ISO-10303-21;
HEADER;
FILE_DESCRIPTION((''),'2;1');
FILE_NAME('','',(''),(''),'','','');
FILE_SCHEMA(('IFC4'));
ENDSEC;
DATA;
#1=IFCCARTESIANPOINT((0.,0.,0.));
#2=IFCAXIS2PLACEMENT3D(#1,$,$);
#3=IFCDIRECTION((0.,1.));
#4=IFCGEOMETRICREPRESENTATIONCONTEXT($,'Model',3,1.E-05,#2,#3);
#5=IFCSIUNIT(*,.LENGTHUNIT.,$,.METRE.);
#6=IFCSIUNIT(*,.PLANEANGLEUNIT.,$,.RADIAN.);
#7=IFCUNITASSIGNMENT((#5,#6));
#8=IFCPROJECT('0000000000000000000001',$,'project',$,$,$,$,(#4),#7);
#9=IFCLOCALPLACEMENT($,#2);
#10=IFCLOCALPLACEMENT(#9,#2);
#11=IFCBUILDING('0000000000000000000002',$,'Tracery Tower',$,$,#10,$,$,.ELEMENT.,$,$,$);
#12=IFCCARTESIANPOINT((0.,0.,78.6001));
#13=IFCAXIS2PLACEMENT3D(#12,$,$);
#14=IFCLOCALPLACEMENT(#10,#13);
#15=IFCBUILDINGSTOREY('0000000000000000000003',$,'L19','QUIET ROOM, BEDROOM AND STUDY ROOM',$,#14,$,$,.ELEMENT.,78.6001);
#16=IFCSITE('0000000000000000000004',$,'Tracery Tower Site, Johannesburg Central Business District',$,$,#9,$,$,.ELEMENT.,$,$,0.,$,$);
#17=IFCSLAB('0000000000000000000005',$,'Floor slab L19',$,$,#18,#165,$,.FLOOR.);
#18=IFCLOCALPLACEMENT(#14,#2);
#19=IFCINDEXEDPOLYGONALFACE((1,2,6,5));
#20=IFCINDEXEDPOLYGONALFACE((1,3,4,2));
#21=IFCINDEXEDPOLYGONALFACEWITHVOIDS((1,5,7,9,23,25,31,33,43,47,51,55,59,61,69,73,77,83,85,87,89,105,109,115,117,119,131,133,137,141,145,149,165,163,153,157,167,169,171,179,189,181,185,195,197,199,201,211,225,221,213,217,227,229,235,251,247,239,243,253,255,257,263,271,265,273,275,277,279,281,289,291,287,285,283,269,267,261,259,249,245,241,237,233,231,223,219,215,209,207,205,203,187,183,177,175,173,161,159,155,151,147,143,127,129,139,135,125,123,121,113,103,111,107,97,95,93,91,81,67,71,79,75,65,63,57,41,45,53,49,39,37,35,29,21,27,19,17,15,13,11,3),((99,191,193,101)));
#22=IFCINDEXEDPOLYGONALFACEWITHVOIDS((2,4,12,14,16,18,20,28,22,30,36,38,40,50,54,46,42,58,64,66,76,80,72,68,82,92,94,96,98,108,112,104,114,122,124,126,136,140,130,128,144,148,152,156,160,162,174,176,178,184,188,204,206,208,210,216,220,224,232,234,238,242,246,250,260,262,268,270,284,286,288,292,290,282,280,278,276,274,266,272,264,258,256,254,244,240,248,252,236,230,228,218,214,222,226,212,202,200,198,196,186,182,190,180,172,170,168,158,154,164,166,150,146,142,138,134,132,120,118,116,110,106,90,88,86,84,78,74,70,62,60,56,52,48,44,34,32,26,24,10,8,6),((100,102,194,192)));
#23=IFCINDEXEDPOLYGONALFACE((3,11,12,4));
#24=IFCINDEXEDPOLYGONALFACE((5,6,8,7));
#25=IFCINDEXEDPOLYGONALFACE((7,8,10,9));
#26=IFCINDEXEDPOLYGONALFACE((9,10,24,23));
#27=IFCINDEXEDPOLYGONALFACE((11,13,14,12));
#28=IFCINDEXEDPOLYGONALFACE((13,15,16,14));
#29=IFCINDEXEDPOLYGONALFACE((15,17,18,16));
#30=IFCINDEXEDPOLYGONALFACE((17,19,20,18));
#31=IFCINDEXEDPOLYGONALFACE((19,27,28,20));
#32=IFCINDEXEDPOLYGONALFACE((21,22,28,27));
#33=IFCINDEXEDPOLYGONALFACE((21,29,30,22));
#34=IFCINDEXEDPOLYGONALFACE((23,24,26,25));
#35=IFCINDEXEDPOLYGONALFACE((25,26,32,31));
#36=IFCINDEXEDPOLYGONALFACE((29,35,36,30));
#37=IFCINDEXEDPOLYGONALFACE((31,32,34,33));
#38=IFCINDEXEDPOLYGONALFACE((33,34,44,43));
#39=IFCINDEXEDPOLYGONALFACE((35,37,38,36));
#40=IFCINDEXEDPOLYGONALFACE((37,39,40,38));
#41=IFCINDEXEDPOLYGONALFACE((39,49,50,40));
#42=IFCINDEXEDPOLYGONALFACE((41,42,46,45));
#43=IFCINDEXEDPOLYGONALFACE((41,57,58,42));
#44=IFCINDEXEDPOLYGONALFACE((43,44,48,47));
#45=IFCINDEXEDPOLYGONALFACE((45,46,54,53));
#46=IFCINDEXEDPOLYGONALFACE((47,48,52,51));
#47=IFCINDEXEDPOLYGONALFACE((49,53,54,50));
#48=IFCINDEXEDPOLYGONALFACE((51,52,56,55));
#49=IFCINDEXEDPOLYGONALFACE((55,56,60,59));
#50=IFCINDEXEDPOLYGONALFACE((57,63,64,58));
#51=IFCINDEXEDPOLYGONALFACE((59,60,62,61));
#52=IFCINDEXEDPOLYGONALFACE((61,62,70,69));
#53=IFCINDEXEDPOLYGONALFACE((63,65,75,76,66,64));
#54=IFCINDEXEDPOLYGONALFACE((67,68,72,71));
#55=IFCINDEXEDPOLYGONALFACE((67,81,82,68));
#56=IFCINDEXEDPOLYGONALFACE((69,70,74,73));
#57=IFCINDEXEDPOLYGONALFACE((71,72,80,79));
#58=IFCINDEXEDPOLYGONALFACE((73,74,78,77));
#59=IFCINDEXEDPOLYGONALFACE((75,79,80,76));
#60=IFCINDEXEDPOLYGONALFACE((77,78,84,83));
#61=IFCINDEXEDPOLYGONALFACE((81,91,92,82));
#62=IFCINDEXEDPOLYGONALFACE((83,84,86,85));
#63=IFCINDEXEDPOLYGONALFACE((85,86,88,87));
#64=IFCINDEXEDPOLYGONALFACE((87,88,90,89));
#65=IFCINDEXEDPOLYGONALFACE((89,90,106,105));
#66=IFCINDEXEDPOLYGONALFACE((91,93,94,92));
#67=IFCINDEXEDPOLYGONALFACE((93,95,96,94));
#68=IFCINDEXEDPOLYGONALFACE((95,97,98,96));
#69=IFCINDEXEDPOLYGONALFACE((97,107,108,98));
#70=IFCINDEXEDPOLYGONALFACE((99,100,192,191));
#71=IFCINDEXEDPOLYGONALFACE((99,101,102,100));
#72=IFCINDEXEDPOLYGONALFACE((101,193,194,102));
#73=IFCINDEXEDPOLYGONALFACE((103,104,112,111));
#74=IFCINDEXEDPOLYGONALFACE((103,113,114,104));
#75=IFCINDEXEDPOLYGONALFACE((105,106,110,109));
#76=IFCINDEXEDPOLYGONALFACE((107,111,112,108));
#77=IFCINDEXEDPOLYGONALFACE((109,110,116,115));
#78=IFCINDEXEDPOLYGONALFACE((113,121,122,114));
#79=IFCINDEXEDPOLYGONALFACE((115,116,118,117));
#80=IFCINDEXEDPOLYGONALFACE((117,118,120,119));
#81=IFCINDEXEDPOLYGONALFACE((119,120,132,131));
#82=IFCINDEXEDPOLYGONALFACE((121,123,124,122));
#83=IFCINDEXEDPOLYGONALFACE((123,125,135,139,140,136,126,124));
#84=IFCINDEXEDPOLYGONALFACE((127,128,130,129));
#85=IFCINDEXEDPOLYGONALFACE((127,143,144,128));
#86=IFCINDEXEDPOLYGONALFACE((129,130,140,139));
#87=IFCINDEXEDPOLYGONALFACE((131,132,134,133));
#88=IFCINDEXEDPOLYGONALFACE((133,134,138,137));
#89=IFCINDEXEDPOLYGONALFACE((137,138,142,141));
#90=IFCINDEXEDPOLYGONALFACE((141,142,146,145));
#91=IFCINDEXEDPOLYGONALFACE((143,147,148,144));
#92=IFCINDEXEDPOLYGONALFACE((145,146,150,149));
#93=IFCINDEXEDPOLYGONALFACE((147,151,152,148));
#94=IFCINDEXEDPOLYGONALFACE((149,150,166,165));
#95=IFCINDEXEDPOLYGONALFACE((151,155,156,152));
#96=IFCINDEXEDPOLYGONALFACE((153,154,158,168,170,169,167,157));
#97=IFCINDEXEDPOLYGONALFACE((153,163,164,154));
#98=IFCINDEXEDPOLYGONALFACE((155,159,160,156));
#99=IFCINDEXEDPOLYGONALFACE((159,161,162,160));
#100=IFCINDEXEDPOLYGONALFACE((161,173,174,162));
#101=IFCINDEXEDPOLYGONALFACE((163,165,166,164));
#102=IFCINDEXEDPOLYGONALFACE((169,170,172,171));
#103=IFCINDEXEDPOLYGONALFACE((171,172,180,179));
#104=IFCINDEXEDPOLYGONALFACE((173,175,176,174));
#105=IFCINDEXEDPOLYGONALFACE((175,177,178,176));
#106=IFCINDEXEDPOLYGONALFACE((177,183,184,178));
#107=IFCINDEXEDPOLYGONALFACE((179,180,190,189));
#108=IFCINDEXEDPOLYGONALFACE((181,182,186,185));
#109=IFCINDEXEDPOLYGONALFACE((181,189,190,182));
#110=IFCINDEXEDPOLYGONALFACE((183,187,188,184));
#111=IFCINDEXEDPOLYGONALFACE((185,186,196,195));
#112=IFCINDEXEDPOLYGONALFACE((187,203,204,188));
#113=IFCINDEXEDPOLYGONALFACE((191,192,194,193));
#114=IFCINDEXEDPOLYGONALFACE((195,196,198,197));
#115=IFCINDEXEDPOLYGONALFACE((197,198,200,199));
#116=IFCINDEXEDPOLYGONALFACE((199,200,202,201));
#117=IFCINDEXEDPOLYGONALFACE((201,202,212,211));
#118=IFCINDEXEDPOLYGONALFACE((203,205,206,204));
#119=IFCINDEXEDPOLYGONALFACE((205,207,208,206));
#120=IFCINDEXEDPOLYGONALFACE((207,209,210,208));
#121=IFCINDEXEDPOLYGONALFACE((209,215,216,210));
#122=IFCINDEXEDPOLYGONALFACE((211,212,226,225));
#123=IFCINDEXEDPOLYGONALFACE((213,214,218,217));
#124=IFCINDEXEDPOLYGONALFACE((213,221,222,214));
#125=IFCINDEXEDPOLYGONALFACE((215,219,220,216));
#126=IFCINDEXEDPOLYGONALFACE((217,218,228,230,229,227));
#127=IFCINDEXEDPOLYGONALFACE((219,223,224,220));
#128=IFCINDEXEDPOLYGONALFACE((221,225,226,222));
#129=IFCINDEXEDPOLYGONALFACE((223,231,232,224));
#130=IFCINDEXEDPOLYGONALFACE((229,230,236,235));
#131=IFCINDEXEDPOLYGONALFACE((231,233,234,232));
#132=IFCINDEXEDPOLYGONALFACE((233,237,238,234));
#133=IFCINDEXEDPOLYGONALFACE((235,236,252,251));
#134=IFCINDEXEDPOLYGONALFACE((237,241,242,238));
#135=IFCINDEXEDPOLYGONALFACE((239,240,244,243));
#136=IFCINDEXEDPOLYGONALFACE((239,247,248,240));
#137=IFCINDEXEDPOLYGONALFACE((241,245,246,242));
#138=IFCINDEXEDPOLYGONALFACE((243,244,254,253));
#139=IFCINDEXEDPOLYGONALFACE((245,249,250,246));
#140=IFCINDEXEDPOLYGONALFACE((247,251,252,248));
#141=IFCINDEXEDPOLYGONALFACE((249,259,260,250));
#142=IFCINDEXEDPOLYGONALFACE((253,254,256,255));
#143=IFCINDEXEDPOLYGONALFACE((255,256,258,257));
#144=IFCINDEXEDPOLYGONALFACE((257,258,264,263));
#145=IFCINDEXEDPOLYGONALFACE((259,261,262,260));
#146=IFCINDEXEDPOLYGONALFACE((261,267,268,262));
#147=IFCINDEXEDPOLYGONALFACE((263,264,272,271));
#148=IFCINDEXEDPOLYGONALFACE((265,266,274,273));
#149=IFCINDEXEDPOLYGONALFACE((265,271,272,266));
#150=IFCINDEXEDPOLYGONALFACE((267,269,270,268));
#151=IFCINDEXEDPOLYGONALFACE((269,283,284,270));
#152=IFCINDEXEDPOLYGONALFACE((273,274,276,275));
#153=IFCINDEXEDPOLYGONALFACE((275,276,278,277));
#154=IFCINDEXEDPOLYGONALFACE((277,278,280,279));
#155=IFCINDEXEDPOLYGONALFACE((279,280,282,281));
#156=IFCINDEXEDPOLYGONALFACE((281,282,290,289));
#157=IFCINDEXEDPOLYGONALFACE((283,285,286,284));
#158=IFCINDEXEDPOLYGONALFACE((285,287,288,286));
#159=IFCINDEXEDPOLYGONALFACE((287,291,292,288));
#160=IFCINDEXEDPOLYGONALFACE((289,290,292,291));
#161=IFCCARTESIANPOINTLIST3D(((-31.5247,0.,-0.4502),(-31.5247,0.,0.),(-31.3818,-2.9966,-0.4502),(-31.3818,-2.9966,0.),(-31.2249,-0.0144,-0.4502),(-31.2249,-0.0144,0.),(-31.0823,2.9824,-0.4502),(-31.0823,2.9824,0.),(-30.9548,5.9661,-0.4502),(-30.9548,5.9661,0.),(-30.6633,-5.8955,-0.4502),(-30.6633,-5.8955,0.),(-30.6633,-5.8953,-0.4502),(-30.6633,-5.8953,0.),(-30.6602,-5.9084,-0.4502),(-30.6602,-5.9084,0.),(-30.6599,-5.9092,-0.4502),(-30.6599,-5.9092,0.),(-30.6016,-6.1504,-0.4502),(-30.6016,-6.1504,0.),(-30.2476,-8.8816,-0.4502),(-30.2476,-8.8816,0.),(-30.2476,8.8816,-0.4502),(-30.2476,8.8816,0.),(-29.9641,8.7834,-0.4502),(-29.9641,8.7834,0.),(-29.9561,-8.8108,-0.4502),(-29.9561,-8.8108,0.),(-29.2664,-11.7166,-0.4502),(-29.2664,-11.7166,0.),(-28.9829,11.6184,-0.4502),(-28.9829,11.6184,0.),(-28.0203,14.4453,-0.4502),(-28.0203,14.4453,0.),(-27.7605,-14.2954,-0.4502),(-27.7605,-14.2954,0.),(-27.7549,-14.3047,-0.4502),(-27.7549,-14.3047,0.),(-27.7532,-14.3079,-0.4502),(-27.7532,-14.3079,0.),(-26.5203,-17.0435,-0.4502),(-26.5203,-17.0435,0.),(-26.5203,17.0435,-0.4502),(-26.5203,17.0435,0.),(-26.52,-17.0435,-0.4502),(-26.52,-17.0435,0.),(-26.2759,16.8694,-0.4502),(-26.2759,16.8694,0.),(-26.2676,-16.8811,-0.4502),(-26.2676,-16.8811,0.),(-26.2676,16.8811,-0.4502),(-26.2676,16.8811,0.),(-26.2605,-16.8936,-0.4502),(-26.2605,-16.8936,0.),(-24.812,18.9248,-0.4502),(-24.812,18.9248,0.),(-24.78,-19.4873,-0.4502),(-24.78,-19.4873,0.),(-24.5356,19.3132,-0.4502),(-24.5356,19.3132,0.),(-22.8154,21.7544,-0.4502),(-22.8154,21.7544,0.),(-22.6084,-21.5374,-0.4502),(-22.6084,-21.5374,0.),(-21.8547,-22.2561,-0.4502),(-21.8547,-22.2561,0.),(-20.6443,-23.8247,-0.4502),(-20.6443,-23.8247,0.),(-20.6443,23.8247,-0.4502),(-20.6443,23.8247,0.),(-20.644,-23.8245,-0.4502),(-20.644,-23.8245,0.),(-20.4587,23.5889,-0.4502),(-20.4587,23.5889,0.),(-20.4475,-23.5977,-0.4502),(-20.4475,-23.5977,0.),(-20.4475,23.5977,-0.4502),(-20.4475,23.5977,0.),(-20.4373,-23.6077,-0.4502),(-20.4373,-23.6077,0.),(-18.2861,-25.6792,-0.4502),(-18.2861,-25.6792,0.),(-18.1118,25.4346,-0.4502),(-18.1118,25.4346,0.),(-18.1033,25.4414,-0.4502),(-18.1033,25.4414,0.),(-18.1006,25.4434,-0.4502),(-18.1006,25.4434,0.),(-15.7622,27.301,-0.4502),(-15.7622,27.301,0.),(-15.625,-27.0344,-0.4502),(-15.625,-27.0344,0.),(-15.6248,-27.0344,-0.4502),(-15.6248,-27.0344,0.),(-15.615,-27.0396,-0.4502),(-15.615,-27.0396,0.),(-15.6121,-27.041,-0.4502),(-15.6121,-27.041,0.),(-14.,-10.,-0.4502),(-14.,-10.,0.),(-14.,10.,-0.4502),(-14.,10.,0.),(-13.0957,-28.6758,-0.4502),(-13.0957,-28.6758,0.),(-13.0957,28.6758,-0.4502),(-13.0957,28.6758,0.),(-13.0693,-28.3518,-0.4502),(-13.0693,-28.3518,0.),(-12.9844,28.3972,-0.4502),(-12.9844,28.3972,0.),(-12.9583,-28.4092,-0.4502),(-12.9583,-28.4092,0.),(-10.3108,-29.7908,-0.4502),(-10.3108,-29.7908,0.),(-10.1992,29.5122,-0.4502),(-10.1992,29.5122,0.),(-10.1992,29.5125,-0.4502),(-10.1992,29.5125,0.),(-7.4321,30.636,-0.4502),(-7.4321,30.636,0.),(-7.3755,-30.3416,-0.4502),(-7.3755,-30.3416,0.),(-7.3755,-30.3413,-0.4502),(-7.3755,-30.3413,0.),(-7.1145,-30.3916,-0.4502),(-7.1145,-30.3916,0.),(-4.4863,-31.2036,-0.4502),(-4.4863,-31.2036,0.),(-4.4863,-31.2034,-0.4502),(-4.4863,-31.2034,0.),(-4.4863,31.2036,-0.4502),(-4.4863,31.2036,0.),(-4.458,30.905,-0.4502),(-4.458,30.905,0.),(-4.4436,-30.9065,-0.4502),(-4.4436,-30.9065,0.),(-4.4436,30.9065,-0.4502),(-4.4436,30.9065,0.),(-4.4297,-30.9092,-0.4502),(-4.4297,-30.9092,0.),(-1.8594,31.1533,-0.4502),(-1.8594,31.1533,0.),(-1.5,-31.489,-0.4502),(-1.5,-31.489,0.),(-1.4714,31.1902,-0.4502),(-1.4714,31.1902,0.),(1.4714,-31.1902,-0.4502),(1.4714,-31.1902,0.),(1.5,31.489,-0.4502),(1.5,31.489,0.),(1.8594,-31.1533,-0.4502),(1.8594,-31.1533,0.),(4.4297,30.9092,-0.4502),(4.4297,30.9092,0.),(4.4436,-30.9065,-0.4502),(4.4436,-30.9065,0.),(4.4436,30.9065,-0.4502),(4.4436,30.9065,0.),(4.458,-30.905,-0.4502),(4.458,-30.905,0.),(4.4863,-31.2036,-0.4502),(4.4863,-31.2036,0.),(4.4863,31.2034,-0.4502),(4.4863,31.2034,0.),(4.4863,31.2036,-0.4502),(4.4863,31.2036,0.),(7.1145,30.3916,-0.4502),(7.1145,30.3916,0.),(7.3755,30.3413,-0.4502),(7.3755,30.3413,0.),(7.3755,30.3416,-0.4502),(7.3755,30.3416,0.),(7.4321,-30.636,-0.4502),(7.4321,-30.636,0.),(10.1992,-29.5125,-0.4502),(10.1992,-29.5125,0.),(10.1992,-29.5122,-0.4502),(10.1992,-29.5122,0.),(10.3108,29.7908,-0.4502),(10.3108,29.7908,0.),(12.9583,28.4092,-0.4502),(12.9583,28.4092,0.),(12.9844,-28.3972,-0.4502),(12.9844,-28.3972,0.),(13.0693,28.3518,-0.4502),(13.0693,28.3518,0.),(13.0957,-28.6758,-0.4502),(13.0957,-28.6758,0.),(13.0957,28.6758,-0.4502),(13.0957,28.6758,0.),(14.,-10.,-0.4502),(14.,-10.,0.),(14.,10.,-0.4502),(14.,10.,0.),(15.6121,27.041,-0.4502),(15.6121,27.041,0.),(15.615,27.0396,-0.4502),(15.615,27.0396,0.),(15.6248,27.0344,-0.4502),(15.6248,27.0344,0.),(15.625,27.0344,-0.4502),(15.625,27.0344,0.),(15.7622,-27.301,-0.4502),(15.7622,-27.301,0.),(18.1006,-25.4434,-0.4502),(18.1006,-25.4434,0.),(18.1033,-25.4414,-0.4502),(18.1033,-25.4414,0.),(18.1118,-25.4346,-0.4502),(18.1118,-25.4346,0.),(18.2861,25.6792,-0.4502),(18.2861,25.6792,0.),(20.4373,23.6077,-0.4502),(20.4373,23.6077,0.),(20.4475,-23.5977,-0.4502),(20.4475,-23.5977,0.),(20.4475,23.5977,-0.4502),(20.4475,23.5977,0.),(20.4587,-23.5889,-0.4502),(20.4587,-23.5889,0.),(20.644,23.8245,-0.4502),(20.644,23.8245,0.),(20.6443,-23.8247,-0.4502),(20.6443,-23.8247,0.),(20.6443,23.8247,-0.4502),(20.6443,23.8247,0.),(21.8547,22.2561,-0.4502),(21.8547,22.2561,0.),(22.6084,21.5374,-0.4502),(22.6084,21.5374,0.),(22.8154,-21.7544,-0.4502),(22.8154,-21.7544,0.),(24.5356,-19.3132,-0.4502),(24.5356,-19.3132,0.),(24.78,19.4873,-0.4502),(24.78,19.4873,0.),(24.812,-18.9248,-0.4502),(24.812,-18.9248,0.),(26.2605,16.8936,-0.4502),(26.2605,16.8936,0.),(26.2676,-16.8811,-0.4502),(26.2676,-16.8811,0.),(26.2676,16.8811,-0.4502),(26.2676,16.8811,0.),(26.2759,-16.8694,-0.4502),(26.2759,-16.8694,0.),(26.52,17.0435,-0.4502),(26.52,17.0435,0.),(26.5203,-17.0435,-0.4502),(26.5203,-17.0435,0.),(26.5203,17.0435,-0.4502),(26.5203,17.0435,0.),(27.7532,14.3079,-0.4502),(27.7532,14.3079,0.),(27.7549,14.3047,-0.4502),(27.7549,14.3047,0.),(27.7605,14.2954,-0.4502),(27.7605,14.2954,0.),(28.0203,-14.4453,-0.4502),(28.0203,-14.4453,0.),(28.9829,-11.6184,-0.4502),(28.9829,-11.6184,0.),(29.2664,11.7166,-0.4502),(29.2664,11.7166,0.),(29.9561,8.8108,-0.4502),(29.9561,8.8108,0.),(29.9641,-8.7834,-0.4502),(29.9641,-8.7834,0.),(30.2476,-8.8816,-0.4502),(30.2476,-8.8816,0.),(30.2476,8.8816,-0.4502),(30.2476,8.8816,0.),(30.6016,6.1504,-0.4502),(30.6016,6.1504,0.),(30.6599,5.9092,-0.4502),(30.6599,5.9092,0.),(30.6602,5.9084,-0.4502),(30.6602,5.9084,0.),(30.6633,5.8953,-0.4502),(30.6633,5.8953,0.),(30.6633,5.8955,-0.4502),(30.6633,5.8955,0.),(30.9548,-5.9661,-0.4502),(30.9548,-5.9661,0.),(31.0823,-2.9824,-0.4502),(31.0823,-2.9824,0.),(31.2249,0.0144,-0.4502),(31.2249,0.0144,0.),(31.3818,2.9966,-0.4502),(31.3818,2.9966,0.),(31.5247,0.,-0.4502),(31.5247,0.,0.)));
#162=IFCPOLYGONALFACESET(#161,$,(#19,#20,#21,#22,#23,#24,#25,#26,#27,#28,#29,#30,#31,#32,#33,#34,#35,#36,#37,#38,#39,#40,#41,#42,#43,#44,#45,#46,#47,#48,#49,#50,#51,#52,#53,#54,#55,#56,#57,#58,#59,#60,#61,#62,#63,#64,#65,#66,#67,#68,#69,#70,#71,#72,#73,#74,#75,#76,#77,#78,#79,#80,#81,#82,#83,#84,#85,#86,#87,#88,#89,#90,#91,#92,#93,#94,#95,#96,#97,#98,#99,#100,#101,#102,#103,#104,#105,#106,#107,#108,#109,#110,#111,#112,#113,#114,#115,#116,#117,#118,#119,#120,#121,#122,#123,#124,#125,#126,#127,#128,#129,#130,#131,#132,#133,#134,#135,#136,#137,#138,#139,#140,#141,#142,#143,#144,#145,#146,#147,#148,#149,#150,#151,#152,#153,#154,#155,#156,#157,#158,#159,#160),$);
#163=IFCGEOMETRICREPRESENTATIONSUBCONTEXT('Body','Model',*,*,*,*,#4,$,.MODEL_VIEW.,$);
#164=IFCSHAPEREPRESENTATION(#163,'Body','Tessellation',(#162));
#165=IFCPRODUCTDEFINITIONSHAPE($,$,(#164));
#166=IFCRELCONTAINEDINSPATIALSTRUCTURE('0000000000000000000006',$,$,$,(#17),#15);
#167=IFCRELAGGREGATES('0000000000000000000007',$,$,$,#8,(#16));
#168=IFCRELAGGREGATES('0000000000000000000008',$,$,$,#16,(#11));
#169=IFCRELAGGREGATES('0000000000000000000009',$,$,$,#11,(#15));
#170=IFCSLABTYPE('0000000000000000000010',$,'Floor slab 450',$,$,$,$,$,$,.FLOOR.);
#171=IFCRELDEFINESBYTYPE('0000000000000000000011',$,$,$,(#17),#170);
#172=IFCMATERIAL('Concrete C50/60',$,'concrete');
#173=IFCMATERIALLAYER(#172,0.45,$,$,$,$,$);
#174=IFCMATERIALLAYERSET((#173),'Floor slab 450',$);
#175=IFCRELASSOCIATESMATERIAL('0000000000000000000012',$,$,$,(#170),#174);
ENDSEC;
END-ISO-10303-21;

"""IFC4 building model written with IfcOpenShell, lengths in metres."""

from ifc_helpers import new_model, si_unit, direction, frame, origin, place, context, subcontext, project, spatial, polyline, outline, extrude, material, layer, layer_set, type_object, element, save


model = new_model("IFC4")

# Units and contexts
model_context = context("Model", 3, precision=1e-05, world=origin(), true_north=direction((0.0, 1.0)))
body_context = subcontext(model_context, "Body", "Model", "MODEL_VIEW")
ifc_project = project(units=[si_unit("LENGTHUNIT", "METRE"), si_unit("PLANEANGLEUNIT", "RADIAN")], contexts=[model_context])

# Site, building, storey
site_placement = place(None, origin())
site = spatial("IfcSite", under=ifc_project, at=site_placement, Name="Tracery Tower Site, Johannesburg Central Business District", CompositionType="ELEMENT", RefElevation=0.0)
building_placement = place(site_placement, origin())
building = spatial("IfcBuilding", under=site, at=building_placement, Name="Tracery Tower", CompositionType="ELEMENT")
storey_placement = place(building_placement, frame((0.0, 0.0, 78.6001)))
storey = spatial("IfcBuildingStorey", under=building, at=storey_placement, Name="L19", Description="QUIET ROOM, BEDROOM AND STUDY ROOM", CompositionType="ELEMENT", Elevation=78.6001)

# Slab
ifc_material_1 = material(Name="Concrete C50/60", Category="concrete")
ifc_layer_1 = layer(ifc_material_1, 0.45)
ifc_layer_set_1 = layer_set([ifc_layer_1], Name="Floor slab 450")
slab_type_1 = type_object("IfcSlabType", Name="Floor slab 450", PredefinedType="FLOOR", material=ifc_layer_set_1)
slab_1_placement = place(storey_placement, frame((0.0, 0.0, -0.4502)))
element("IfcSlab", 1, at=slab_1_placement, inside=storey, type_object=slab_type_1, Name="Floor slab L19", PredefinedType="FLOOR", context=body_context, shape_type="SweptSolid", body=[
    extrude(outline(polyline([(30.6633, 5.8955), (30.6633, 5.8953), (30.6602, 5.9084), (30.6599, 5.9092), (30.6016, 6.1504), (29.9561, 8.8108), (30.2476, 8.8816), (30.2476, 8.8816), (29.2664, 11.7166), (27.7605, 14.2954), (27.7605, 14.2954), (27.7549, 14.3047), (27.7532, 14.3079), (26.2676, 16.8811), (26.2676, 16.8811), (26.2605, 16.8936), (26.52, 17.0435), (26.5203, 17.0435), (24.78, 19.4873), (22.6084, 21.5374), (22.6084, 21.5374), (21.8547, 22.2561), (20.4475, 23.5977), (20.4475, 23.5977), (20.4373, 23.6077), (20.644, 23.8245), (20.6443, 23.8247), (18.2861, 25.6792), (15.625, 27.0344), (15.6248, 27.0344), (15.615, 27.0396), (15.6121, 27.041), (13.0693, 28.3518), (12.9583, 28.4092), (13.0957, 28.6758), (10.3108, 29.7908), (7.3755, 30.3416), (7.3755, 30.3413), (7.1145, 30.3916), (4.4436, 30.9065), (4.4436, 30.9065), (4.4297, 30.9092), (4.4863, 31.2034), (4.4863, 31.2036), (1.5, 31.489), (-1.4714, 31.1902), (-1.4714, 31.1902), (-1.8594, 31.1533), (-4.4436, 30.9065), (-4.4436, 30.9065), (-4.458, 30.905), (-4.4863, 31.2036), (-7.4321, 30.636), (-10.1992, 29.5125), (-10.1992, 29.5122), (-12.9844, 28.3972), (-13.0957, 28.6758), (-13.0957, 28.6758), (-15.7622, 27.301), (-18.1006, 25.4434), (-18.1006, 25.4434), (-18.1033, 25.4414), (-18.1118, 25.4346), (-20.4475, 23.5977), (-20.4475, 23.5977), (-20.4587, 23.5889), (-20.6443, 23.8247), (-22.8154, 21.7544), (-24.5356, 19.3132), (-24.5356, 19.3132), (-24.812, 18.9248), (-26.2676, 16.8811), (-26.2676, 16.8811), (-26.2759, 16.8694), (-26.5203, 17.0435), (-28.0203, 14.4453), (-28.9829, 11.6184), (-28.9829, 11.6184), (-29.9641, 8.7834), (-30.2476, 8.8816), (-30.9548, 5.9661), (-31.0823, 2.9824), (-31.0823, 2.9824), (-31.2249, -0.0144), (-31.5247, 0.0), (-31.5247, 0.0), (-31.3818, -2.9966), (-30.6633, -5.8955), (-30.6633, -5.8953), (-30.6602, -5.9084), (-30.6599, -5.9092), (-30.6016, -6.1504), (-29.9561, -8.8108), (-30.2476, -8.8816), (-30.2476, -8.8816), (-29.2664, -11.7166), (-27.7605, -14.2954), (-27.7605, -14.2954), (-27.7549, -14.3047), (-27.7532, -14.3079), (-26.2676, -16.8811), (-26.2676, -16.8811), (-26.2605, -16.8936), (-26.52, -17.0435), (-26.5203, -17.0435), (-24.78, -19.4873), (-22.6084, -21.5374), (-22.6084, -21.5374), (-21.8547, -22.2561), (-20.4475, -23.5977), (-20.4475, -23.5977), (-20.4373, -23.6077), (-20.644, -23.8245), (-20.6443, -23.8247), (-18.2861, -25.6792), (-15.625, -27.0344), (-15.6248, -27.0344), (-15.615, -27.0396), (-15.6121, -27.041), (-13.0693, -28.3518), (-12.9583, -28.4092), (-13.0957, -28.6758), (-10.3108, -29.7908), (-7.3755, -30.3416), (-7.3755, -30.3413), (-7.1145, -30.3916), (-4.4436, -30.9065), (-4.4436, -30.9065), (-4.4297, -30.9092), (-4.4863, -31.2034), (-4.4863, -31.2036), (-1.5, -31.489), (1.4714, -31.1902), (1.4714, -31.1902), (1.8594, -31.1533), (4.4436, -30.9065), (4.4436, -30.9065), (4.458, -30.905), (4.4863, -31.2036), (7.4321, -30.636), (10.1992, -29.5125), (10.1992, -29.5122), (12.9844, -28.3972), (13.0957, -28.6758), (13.0957, -28.6758), (15.7622, -27.301), (18.1006, -25.4434), (18.1006, -25.4434), (18.1033, -25.4414), (18.1118, -25.4346), (20.4475, -23.5977), (20.4475, -23.5977), (20.4587, -23.5889), (20.6443, -23.8247), (22.8154, -21.7544), (24.5356, -19.3132), (24.5356, -19.3132), (24.812, -18.9248), (26.2676, -16.8811), (26.2676, -16.8811), (26.2759, -16.8694), (26.5203, -17.0435), (28.0203, -14.4453), (28.9829, -11.6184), (28.9829, -11.6184), (29.9641, -8.7834), (30.2476, -8.8816), (30.9548, -5.9661), (31.0823, -2.9824), (31.0823, -2.9824), (31.2249, 0.0144), (31.5247, 0.0), (31.3818, 2.9966), (30.6633, 5.8955)]), holes=[polyline([(-14.0, -10.0), (14.0, -10.0), (14.0, 10.0), (-14.0, 10.0), (-14.0, -10.0)])]), origin(), (0.0, 0.0, 1.0), 0.4502),
])

save(model, "model.ifc")
